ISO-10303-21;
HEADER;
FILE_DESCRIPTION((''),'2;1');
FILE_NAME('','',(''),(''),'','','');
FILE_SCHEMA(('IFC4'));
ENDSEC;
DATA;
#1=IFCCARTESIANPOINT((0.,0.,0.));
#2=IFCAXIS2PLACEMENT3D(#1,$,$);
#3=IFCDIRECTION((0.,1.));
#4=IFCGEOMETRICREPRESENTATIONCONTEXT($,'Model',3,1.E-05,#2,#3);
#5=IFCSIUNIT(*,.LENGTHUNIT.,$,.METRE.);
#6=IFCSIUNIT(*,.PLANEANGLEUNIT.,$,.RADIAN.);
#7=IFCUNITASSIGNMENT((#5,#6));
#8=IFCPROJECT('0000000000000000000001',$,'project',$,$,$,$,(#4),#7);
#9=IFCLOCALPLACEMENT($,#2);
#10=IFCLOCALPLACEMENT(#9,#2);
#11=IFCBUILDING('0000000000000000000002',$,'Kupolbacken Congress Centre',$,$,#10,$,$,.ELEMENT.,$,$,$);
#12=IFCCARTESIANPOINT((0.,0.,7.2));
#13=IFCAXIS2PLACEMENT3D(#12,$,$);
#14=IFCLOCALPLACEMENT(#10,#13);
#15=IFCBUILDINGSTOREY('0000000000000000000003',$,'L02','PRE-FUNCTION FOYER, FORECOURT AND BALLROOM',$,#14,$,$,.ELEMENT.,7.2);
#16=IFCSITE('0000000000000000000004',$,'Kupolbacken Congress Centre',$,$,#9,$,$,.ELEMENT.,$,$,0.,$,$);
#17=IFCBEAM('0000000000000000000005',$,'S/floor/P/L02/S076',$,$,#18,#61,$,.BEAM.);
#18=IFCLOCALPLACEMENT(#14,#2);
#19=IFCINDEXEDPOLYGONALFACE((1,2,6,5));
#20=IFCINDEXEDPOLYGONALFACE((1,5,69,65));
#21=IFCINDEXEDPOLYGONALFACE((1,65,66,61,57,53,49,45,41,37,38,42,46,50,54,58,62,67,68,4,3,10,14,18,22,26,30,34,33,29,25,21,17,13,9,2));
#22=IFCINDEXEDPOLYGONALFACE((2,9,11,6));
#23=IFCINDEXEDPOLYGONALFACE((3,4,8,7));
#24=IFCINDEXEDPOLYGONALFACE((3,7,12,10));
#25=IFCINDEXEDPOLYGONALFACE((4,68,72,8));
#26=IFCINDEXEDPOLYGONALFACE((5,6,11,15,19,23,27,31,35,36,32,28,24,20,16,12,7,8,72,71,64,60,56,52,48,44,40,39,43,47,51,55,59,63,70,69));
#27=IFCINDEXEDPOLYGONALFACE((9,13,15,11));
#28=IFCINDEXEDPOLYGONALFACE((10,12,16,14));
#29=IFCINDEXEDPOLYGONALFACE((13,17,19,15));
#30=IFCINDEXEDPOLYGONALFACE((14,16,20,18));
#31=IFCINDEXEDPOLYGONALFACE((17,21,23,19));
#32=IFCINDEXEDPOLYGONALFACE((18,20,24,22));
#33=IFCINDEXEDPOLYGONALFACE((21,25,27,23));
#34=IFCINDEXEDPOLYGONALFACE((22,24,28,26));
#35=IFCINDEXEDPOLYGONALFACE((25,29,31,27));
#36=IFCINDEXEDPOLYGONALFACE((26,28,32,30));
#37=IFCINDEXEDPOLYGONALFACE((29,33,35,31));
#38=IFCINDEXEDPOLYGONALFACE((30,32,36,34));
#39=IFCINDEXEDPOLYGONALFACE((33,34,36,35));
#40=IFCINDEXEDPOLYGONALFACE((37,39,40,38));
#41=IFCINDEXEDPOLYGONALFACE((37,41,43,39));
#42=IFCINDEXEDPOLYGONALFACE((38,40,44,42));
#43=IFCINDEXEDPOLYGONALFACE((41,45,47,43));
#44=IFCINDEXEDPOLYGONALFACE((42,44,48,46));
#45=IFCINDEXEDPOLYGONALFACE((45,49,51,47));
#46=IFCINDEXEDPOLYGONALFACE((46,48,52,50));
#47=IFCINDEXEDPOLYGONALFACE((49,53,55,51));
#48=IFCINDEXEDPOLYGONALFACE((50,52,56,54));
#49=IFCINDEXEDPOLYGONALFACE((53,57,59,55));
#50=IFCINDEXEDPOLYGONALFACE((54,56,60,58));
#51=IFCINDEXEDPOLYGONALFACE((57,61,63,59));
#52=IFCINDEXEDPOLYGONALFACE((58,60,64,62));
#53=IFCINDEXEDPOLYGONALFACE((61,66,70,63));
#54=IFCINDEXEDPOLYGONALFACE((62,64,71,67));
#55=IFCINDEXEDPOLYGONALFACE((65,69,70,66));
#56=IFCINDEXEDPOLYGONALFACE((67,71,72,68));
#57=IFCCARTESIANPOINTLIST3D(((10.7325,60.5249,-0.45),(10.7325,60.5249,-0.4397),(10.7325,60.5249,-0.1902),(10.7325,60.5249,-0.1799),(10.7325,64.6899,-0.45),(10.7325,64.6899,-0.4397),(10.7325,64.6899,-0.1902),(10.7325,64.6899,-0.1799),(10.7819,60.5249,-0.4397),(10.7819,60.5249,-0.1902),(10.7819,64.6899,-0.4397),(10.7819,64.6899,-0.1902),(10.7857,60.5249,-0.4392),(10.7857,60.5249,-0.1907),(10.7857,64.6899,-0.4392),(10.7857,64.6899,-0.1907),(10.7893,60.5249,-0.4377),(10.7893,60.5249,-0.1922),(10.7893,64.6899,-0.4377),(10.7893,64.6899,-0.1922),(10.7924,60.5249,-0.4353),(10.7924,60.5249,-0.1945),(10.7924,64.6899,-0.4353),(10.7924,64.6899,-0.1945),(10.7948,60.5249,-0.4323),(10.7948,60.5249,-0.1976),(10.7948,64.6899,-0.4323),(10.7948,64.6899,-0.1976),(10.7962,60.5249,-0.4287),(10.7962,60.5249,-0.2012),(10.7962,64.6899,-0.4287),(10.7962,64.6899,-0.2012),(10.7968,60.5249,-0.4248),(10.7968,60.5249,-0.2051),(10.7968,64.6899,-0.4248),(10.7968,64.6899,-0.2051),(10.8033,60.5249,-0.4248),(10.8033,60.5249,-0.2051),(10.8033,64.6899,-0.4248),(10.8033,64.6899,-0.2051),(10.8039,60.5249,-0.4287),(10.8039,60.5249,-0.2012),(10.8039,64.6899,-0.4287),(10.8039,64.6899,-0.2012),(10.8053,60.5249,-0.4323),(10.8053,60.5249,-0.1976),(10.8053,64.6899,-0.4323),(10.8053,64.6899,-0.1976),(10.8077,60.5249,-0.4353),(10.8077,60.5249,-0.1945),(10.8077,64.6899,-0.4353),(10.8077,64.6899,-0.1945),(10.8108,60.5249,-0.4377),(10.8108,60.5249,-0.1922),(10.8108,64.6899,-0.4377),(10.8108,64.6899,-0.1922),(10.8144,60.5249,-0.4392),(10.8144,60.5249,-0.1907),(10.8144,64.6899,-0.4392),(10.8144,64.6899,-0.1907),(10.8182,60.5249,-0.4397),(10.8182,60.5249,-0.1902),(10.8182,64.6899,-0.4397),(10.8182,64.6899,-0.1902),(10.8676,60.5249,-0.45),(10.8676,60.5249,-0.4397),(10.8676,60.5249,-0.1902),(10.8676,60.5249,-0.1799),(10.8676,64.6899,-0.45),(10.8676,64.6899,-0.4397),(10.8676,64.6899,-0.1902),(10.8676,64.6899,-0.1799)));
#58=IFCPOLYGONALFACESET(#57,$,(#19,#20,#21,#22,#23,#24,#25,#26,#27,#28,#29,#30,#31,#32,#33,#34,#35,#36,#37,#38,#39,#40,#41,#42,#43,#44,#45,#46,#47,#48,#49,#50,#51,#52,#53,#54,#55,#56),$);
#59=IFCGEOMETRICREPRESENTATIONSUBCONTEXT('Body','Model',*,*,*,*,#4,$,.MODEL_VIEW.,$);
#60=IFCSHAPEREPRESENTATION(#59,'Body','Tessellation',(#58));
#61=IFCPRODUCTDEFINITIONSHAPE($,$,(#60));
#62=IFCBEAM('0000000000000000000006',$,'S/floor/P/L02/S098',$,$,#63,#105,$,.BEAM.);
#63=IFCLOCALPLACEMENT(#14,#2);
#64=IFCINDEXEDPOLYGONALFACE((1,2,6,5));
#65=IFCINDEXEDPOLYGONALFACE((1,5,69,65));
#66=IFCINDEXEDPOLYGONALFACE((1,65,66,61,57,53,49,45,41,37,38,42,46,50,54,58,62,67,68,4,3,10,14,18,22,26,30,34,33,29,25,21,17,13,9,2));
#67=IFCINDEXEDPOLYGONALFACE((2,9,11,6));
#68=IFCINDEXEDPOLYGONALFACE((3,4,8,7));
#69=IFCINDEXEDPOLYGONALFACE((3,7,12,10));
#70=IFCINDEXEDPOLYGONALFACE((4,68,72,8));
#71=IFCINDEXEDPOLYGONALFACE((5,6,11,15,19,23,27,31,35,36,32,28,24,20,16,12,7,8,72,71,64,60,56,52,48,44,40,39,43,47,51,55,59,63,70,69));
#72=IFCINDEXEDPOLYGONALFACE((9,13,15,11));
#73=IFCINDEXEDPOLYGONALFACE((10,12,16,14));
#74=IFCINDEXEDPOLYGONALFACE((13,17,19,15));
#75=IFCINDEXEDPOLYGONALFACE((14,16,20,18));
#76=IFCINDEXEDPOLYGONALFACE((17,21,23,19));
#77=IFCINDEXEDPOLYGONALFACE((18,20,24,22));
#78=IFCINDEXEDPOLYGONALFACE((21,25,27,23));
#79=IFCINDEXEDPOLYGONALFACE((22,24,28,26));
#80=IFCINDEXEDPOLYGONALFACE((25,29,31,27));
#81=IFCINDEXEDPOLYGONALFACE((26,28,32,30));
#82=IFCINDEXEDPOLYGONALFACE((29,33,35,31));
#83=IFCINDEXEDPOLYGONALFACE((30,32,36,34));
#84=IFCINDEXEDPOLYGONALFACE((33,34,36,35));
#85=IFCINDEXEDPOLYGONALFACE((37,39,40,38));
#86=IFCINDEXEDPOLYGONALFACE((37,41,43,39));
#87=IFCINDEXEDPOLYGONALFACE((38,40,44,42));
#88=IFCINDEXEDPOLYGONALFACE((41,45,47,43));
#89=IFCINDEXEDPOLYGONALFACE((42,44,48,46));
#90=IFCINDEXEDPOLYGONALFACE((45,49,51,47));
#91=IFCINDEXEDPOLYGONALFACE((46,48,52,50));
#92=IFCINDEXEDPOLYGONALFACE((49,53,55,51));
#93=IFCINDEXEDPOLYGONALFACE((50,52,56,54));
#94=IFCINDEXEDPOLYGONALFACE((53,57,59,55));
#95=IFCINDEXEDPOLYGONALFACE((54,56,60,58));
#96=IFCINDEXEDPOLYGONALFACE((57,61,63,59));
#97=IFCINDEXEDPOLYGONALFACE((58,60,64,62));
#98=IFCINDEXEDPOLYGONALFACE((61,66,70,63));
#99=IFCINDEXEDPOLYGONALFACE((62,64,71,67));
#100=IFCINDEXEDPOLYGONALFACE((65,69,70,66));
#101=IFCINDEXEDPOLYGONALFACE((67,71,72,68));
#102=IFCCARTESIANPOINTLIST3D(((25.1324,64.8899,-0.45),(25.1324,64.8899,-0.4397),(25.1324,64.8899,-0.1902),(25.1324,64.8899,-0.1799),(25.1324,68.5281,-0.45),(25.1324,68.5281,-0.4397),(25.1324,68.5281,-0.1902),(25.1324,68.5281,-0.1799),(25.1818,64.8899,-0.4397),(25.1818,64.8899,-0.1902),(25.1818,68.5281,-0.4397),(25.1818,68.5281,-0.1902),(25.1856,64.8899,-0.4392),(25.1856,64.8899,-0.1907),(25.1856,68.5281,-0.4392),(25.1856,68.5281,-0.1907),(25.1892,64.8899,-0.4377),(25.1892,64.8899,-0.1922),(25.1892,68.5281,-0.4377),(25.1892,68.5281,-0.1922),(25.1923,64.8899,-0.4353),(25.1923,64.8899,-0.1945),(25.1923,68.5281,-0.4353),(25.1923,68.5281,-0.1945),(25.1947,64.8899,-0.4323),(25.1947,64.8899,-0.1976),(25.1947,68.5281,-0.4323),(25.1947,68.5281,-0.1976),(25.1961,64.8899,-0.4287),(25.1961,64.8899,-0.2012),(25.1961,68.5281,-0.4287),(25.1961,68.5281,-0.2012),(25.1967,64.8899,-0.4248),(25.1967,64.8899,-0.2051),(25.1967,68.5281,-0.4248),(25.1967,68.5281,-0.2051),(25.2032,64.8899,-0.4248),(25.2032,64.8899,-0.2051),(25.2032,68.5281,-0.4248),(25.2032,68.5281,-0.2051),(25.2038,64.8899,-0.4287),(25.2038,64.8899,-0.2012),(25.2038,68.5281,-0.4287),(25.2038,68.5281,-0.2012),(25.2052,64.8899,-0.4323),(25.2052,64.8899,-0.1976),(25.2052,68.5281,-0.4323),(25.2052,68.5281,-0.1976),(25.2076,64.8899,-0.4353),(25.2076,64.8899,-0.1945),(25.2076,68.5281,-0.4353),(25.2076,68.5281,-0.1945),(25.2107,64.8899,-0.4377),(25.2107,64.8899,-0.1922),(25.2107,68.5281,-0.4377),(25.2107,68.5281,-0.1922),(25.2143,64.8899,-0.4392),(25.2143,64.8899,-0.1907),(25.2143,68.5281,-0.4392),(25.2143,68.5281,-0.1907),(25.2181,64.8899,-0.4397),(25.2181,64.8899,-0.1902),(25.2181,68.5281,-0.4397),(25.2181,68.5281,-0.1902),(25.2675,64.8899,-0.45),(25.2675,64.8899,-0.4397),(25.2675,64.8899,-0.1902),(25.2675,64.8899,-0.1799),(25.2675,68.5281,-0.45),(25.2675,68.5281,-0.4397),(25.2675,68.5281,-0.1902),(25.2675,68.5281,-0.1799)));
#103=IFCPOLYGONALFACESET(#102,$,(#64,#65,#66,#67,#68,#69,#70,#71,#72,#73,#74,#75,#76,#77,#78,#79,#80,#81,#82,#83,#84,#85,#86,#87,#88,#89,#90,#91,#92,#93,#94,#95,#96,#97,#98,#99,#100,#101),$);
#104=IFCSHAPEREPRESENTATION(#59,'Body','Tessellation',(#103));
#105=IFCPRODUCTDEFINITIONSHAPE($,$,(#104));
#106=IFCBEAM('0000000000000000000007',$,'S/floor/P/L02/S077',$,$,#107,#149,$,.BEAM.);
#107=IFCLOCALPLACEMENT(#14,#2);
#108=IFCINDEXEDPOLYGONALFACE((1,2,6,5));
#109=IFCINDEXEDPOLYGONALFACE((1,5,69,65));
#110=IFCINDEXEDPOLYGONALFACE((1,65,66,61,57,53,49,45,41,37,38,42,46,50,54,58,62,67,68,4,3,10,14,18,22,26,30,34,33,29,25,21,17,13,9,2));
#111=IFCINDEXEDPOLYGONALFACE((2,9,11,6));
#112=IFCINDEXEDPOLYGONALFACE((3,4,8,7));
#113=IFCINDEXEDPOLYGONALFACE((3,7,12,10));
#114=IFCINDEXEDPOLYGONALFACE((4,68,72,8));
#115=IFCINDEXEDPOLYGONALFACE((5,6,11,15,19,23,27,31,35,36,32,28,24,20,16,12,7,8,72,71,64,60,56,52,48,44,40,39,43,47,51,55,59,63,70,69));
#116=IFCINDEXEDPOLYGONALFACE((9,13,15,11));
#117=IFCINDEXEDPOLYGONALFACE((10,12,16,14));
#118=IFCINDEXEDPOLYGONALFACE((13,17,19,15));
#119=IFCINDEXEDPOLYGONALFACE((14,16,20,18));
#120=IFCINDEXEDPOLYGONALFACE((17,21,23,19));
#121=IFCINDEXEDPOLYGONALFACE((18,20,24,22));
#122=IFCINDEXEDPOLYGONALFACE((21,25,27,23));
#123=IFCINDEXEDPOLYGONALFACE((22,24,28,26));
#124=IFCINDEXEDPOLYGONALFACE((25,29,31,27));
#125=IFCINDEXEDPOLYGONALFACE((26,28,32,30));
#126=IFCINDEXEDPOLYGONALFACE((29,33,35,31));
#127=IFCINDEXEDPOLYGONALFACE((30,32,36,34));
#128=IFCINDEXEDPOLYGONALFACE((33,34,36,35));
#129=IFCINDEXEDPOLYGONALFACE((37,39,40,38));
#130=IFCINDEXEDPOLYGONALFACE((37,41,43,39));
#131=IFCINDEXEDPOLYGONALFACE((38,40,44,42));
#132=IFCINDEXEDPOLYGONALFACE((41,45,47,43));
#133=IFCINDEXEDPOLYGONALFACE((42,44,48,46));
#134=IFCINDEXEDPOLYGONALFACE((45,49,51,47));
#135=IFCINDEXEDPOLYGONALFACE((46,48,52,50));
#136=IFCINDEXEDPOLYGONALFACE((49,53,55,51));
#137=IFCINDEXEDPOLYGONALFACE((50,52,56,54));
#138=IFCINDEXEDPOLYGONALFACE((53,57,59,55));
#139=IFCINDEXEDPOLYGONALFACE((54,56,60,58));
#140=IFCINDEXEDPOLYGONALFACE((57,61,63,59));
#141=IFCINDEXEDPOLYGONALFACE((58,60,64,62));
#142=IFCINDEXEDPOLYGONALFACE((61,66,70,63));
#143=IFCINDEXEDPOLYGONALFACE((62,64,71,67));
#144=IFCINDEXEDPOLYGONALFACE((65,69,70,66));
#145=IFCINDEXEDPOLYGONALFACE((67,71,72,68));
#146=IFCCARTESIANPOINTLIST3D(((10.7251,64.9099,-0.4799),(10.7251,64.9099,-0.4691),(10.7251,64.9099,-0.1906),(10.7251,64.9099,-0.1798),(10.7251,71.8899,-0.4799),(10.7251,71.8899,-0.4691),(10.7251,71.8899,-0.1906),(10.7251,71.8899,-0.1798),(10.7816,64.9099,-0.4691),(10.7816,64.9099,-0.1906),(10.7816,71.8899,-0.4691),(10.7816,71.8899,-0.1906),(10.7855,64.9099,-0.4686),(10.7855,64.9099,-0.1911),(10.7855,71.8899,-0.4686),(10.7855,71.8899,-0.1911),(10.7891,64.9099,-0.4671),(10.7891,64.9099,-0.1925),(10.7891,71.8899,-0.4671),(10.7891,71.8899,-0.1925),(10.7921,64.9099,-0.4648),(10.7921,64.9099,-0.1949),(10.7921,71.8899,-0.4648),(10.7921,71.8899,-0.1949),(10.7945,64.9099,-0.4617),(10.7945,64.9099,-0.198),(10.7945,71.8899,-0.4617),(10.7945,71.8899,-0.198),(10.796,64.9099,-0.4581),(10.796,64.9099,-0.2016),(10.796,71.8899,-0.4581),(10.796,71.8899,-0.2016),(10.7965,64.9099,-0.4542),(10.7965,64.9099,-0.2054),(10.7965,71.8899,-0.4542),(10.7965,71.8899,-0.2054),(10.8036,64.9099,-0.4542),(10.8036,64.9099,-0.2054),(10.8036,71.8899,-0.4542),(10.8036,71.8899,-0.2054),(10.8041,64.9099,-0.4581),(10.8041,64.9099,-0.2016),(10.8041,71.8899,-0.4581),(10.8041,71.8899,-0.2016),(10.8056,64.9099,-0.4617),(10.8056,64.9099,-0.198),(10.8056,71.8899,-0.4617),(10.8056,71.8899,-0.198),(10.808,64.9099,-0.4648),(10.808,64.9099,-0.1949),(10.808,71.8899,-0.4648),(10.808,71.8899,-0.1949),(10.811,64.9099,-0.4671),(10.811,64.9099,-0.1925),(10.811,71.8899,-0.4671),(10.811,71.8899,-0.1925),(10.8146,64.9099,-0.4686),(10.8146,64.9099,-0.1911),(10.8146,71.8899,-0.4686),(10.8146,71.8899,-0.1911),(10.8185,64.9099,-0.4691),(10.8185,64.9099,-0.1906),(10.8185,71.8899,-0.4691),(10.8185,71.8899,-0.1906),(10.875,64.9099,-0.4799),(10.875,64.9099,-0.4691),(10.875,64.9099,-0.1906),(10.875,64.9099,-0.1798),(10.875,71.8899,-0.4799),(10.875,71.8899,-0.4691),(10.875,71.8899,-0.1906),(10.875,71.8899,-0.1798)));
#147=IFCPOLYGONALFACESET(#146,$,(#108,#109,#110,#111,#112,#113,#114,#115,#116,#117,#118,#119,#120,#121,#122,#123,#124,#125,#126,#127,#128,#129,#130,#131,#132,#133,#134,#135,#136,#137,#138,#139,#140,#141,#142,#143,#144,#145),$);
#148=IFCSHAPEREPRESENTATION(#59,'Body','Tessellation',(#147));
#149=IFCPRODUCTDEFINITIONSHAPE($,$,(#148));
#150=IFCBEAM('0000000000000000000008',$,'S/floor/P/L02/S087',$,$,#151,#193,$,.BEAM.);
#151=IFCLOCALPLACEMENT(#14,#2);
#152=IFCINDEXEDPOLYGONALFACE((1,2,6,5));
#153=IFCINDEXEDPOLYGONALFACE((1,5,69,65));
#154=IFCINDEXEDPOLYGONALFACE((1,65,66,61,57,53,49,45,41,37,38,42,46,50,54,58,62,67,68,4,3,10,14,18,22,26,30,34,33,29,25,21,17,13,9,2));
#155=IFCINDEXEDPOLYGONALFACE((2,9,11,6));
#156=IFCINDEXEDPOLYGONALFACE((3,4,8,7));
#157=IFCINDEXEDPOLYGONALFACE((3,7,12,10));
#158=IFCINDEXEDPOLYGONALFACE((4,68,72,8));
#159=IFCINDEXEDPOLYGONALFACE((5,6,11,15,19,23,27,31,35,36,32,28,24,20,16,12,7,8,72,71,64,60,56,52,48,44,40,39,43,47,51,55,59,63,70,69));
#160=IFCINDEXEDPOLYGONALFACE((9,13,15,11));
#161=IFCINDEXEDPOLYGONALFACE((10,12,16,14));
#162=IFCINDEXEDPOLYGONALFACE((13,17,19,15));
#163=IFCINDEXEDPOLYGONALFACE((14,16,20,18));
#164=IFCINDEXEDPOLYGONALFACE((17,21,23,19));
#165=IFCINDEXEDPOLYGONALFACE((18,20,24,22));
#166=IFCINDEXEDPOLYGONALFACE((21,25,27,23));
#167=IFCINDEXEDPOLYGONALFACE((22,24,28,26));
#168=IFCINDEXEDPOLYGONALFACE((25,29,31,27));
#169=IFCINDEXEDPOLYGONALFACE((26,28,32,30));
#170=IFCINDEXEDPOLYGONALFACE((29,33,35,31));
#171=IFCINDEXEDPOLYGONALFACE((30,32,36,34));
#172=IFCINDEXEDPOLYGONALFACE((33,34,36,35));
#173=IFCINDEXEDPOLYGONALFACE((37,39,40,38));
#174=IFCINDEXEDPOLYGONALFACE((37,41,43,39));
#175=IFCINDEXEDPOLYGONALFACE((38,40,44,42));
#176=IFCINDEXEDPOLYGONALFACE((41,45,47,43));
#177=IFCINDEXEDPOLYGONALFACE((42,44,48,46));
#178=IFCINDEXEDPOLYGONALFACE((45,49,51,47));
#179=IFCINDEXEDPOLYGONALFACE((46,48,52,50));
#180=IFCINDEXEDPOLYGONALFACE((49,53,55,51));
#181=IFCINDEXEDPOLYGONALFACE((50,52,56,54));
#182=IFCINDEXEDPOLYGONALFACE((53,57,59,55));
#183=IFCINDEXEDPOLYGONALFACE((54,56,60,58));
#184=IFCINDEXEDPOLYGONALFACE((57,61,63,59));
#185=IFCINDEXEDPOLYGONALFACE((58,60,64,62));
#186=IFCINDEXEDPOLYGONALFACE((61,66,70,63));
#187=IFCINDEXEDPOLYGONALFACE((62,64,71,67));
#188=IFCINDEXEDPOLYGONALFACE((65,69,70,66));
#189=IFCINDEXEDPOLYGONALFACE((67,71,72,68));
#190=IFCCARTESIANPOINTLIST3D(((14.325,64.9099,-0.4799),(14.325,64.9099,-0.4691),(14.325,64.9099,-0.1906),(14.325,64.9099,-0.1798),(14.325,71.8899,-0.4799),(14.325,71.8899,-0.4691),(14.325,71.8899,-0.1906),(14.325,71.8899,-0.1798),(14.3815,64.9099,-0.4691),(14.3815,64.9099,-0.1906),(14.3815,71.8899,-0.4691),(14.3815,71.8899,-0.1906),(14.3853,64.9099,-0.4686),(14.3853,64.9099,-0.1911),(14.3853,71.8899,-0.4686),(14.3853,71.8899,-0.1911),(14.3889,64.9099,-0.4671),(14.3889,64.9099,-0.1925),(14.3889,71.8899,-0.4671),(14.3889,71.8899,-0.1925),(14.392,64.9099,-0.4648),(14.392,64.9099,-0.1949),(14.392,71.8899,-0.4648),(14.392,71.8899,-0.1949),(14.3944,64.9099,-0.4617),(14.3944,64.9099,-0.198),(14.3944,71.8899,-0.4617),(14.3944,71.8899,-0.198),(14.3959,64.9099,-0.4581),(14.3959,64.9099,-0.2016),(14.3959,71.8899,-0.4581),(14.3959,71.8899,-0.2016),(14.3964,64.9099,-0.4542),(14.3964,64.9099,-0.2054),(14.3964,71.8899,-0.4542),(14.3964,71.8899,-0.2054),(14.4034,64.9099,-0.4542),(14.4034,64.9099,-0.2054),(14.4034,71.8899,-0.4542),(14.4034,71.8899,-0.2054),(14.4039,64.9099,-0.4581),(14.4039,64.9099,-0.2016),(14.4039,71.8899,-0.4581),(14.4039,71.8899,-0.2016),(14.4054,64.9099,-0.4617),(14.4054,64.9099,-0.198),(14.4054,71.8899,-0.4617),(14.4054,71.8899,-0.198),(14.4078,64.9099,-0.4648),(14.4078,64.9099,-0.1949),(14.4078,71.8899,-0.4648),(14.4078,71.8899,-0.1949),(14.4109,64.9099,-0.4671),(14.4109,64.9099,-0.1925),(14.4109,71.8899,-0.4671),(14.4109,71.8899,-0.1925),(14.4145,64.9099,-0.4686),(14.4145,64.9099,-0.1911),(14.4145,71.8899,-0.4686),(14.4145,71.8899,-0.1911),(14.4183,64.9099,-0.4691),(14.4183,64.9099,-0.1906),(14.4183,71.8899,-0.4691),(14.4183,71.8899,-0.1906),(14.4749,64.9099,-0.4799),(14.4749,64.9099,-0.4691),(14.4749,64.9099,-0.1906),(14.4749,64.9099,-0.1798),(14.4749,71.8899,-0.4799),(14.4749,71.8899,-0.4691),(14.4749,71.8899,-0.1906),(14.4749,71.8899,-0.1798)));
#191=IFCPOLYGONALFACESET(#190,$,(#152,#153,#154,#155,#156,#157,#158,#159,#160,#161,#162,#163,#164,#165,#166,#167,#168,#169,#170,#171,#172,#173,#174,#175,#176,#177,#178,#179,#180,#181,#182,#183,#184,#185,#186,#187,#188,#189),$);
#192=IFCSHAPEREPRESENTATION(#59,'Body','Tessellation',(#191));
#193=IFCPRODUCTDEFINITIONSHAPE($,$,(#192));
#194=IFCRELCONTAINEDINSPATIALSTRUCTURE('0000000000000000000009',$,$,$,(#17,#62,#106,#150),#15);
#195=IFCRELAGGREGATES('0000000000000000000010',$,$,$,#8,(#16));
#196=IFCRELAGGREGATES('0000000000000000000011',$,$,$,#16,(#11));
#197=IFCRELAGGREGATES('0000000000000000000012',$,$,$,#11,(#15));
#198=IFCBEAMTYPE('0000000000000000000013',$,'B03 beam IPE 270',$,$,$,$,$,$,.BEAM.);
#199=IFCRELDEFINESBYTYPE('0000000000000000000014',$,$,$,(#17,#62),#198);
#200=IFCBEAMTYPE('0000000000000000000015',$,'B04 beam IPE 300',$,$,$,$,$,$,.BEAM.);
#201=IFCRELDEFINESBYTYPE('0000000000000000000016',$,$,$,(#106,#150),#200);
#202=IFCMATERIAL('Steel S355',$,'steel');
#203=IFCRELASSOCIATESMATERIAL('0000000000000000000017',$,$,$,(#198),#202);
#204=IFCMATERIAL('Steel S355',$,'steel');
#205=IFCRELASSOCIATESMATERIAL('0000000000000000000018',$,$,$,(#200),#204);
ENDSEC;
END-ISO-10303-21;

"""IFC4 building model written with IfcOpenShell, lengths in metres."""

from ifc_helpers import new_model, si_unit, direction, frame, origin, origin_2d, place, context, subcontext, project, spatial, i_section, extrude, material, material_profile, profile_set, type_object, element, save


model = new_model("IFC4")

# Units and contexts
model_context = context("Model", 3, precision=1e-05, world=origin(), true_north=direction((0.0, 1.0)))
body_context = subcontext(model_context, "Body", "Model", "MODEL_VIEW")
ifc_project = project(units=[si_unit("LENGTHUNIT", "METRE"), si_unit("PLANEANGLEUNIT", "RADIAN")], contexts=[model_context])

# Site, building, storey
site_placement = place(None, origin())
site = spatial("IfcSite", under=ifc_project, at=site_placement, Name="Kupolbacken Congress Centre", CompositionType="ELEMENT", RefElevation=0.0)
building_placement = place(site_placement, origin())
building = spatial("IfcBuilding", under=site, at=building_placement, Name="Kupolbacken Congress Centre", CompositionType="ELEMENT")
storey_placement = place(building_placement, frame((0.0, 0.0, 7.2)))
storey = spatial("IfcBuildingStorey", under=building, at=storey_placement, Name="L02", Description="PRE-FUNCTION FOYER, FORECOURT AND BALLROOM", CompositionType="ELEMENT", Elevation=7.2)

# Beams
ifc_material_1 = material(Name="Steel S355", Category="steel")
ifc_material_profile_1 = material_profile(ifc_material_1, i_section(OverallWidth=0.135, OverallDepth=0.27, WebThickness=0.0066, FlangeThickness=0.0103, FilletRadius=0.0149, at=origin_2d()), Name="IPE 270")
ifc_profile_set_1 = profile_set([ifc_material_profile_1], Name="Steel S355")
beam_type_1 = type_object("IfcBeamType", Name="B03 beam IPE 270", PredefinedType="BEAM", material=ifc_profile_set_1)
beam_1_placement = place(storey_placement, frame((10.8, 60.5249, -0.3149), z_axis=(0.0, 1.0, 0.0), x_axis=(-1.0, 0.0, 0.0)))
element("IfcBeam", 1, at=beam_1_placement, inside=storey, type_object=beam_type_1, Name="S/floor/P/L02/S076", PredefinedType="BEAM", context=body_context, shape_type="SweptSolid", body=[
    extrude(i_section(OverallWidth=0.135, OverallDepth=0.27, WebThickness=0.0066, FlangeThickness=0.0103, FilletRadius=0.0149, at=origin_2d()), origin(), (0.0, 0.0, 1.0), 4.165),
])
beam_2_placement = place(storey_placement, frame((25.2, 64.8899, -0.3149), z_axis=(0.0, 1.0, 0.0), x_axis=(-1.0, 0.0, 0.0)))
element("IfcBeam", 2, at=beam_2_placement, inside=storey, type_object=beam_type_1, Name="S/floor/P/L02/S098", PredefinedType="BEAM", context=body_context, shape_type="SweptSolid", body=[
    extrude(i_section(OverallWidth=0.135, OverallDepth=0.27, WebThickness=0.0066, FlangeThickness=0.0103, FilletRadius=0.0149, at=origin_2d()), origin(), (0.0, 0.0, 1.0), 3.6382),
])
ifc_material_2 = material(Name="Steel S355", Category="steel")
ifc_material_profile_2 = material_profile(ifc_material_2, i_section(OverallWidth=0.1499, OverallDepth=0.3, WebThickness=0.0071, FlangeThickness=0.0107, FilletRadius=0.0149, at=origin_2d()), Name="IPE 300")
ifc_profile_set_2 = profile_set([ifc_material_profile_2], Name="Steel S355")
beam_type_2 = type_object("IfcBeamType", Name="B04 beam IPE 300", PredefinedType="BEAM", material=ifc_profile_set_2)
for number, where, z_axis, x_axis, name in (
    (3, (10.8, 64.9099, -0.3298), (0.0, 1.0, 0.0), (-1.0, 0.0, 0.0), "S/floor/P/L02/S077"),
    (4, (14.3999, 64.9099, -0.3298), (0.0, 1.0, 0.0), (-1.0, 0.0, 0.0), "S/floor/P/L02/S087"),
):
    element("IfcBeam", number, at=place(storey_placement, frame(where, z_axis=z_axis, x_axis=x_axis)), inside=storey, type_object=beam_type_2, Name=name, PredefinedType="BEAM", context=body_context, shape_type="SweptSolid", body=[
        extrude(i_section(OverallWidth=0.1499, OverallDepth=0.3, WebThickness=0.0071, FlangeThickness=0.0107, FilletRadius=0.0149, at=origin_2d()), origin(), (0.0, 0.0, 1.0), 6.98),
    ])

save(model, "model.ifc")
